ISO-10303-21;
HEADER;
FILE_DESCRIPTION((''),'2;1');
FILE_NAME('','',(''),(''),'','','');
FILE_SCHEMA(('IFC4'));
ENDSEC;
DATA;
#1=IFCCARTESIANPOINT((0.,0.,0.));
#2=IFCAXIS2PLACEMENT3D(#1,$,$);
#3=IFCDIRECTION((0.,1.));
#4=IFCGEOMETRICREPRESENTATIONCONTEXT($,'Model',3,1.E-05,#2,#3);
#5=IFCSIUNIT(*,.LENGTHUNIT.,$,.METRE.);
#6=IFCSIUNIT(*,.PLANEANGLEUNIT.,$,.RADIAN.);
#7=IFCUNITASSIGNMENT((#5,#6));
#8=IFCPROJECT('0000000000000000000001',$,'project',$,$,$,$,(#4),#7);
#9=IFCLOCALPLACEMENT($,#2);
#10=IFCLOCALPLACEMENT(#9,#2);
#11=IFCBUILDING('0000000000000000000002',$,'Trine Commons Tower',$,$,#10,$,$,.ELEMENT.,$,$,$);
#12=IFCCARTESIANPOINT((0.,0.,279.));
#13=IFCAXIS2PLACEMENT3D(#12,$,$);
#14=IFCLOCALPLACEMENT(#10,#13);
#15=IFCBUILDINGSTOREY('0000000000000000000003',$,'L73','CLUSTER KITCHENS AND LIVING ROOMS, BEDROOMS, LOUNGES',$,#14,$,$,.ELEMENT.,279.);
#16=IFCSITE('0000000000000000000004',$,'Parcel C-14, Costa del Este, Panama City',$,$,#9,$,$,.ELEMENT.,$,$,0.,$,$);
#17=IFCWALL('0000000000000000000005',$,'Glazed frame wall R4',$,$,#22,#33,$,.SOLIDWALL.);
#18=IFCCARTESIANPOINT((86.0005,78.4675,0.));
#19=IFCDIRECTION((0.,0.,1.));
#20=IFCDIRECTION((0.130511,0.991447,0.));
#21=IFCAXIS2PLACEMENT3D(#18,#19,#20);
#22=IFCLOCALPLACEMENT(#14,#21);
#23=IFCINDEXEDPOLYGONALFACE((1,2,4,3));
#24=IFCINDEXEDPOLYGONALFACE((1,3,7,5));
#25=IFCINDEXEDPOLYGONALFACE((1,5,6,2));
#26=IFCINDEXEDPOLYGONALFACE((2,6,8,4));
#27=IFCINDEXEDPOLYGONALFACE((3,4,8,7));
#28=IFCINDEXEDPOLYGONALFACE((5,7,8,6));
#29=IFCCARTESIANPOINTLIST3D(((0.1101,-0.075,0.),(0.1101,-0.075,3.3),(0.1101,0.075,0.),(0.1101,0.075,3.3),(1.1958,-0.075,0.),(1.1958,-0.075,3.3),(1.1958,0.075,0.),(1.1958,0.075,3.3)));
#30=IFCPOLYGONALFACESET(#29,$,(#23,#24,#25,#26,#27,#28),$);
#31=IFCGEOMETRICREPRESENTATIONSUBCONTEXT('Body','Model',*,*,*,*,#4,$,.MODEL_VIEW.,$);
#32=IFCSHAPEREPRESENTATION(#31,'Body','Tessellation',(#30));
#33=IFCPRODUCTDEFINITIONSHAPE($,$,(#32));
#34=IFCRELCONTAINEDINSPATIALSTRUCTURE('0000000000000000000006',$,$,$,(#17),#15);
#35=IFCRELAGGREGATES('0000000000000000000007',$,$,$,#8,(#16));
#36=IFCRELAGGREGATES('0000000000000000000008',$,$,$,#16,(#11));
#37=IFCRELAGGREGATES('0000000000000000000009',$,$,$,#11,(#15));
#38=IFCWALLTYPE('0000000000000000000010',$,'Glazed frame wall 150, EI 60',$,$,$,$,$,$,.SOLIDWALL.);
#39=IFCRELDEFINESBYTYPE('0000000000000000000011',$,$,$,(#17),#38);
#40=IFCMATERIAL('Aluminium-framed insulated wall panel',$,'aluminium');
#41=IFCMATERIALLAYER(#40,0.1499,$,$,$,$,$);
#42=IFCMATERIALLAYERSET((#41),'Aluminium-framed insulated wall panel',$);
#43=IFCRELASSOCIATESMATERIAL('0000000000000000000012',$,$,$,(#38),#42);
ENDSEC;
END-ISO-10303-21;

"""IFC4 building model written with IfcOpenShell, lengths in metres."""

from ifc_helpers import new_model, si_unit, direction, frame, origin, place, context, subcontext, project, spatial, polyline, outline, extrude, material, layer, layer_set, type_object, element, save


model = new_model("IFC4")

# Units and contexts
model_context = context("Model", 3, precision=1e-05, world=origin(), true_north=direction((0.0, 1.0)))
body_context = subcontext(model_context, "Body", "Model", "MODEL_VIEW")
ifc_project = project(units=[si_unit("LENGTHUNIT", "METRE"), si_unit("PLANEANGLEUNIT", "RADIAN")], contexts=[model_context])

# Site, building, storey
site_placement = place(None, origin())
site = spatial("IfcSite", under=ifc_project, at=site_placement, Name="Parcel C-14, Costa del Este, Panama City", CompositionType="ELEMENT", RefElevation=0.0)
building_placement = place(site_placement, origin())
building = spatial("IfcBuilding", under=site, at=building_placement, Name="Trine Commons Tower", CompositionType="ELEMENT")
storey_placement = place(building_placement, frame((0.0, 0.0, 279.0)))
storey = spatial("IfcBuildingStorey", under=building, at=storey_placement, Name="L73", Description="CLUSTER KITCHENS AND LIVING ROOMS, BEDROOMS, LOUNGES", CompositionType="ELEMENT", Elevation=279.0)

# Shared definitions
ifc_material_1 = material(Name="Aluminium-framed insulated wall panel", Category="aluminium")
ifc_layer_1 = layer(ifc_material_1, 0.1499)
ifc_layer_set_1 = layer_set([ifc_layer_1], Name="Aluminium-framed insulated wall panel")
wall_type_1 = type_object("IfcWallType", Name="Glazed frame wall 150, EI 60", PredefinedType="SOLIDWALL", material=ifc_layer_set_1)

# Wall
wall_1_placement = place(storey_placement, frame((86.0005, 78.4675, 0.0), z_axis=(0.0, 0.0, 1.0), x_axis=(0.130511, 0.991447, 0.0)))
element("IfcWall", 1, at=wall_1_placement, inside=storey, type_object=wall_type_1, Name="Glazed frame wall R4", PredefinedType="SOLIDWALL", context=body_context, shape_type="SweptSolid", body=[
    extrude(outline(polyline([(0.1101, 0.075), (0.1101, -0.075), (1.1958, -0.075), (1.1958, 0.075), (0.1101, 0.075)])), origin(), (0.0, 0.0, 1.0), 3.3),
])

save(model, "model.ifc")
